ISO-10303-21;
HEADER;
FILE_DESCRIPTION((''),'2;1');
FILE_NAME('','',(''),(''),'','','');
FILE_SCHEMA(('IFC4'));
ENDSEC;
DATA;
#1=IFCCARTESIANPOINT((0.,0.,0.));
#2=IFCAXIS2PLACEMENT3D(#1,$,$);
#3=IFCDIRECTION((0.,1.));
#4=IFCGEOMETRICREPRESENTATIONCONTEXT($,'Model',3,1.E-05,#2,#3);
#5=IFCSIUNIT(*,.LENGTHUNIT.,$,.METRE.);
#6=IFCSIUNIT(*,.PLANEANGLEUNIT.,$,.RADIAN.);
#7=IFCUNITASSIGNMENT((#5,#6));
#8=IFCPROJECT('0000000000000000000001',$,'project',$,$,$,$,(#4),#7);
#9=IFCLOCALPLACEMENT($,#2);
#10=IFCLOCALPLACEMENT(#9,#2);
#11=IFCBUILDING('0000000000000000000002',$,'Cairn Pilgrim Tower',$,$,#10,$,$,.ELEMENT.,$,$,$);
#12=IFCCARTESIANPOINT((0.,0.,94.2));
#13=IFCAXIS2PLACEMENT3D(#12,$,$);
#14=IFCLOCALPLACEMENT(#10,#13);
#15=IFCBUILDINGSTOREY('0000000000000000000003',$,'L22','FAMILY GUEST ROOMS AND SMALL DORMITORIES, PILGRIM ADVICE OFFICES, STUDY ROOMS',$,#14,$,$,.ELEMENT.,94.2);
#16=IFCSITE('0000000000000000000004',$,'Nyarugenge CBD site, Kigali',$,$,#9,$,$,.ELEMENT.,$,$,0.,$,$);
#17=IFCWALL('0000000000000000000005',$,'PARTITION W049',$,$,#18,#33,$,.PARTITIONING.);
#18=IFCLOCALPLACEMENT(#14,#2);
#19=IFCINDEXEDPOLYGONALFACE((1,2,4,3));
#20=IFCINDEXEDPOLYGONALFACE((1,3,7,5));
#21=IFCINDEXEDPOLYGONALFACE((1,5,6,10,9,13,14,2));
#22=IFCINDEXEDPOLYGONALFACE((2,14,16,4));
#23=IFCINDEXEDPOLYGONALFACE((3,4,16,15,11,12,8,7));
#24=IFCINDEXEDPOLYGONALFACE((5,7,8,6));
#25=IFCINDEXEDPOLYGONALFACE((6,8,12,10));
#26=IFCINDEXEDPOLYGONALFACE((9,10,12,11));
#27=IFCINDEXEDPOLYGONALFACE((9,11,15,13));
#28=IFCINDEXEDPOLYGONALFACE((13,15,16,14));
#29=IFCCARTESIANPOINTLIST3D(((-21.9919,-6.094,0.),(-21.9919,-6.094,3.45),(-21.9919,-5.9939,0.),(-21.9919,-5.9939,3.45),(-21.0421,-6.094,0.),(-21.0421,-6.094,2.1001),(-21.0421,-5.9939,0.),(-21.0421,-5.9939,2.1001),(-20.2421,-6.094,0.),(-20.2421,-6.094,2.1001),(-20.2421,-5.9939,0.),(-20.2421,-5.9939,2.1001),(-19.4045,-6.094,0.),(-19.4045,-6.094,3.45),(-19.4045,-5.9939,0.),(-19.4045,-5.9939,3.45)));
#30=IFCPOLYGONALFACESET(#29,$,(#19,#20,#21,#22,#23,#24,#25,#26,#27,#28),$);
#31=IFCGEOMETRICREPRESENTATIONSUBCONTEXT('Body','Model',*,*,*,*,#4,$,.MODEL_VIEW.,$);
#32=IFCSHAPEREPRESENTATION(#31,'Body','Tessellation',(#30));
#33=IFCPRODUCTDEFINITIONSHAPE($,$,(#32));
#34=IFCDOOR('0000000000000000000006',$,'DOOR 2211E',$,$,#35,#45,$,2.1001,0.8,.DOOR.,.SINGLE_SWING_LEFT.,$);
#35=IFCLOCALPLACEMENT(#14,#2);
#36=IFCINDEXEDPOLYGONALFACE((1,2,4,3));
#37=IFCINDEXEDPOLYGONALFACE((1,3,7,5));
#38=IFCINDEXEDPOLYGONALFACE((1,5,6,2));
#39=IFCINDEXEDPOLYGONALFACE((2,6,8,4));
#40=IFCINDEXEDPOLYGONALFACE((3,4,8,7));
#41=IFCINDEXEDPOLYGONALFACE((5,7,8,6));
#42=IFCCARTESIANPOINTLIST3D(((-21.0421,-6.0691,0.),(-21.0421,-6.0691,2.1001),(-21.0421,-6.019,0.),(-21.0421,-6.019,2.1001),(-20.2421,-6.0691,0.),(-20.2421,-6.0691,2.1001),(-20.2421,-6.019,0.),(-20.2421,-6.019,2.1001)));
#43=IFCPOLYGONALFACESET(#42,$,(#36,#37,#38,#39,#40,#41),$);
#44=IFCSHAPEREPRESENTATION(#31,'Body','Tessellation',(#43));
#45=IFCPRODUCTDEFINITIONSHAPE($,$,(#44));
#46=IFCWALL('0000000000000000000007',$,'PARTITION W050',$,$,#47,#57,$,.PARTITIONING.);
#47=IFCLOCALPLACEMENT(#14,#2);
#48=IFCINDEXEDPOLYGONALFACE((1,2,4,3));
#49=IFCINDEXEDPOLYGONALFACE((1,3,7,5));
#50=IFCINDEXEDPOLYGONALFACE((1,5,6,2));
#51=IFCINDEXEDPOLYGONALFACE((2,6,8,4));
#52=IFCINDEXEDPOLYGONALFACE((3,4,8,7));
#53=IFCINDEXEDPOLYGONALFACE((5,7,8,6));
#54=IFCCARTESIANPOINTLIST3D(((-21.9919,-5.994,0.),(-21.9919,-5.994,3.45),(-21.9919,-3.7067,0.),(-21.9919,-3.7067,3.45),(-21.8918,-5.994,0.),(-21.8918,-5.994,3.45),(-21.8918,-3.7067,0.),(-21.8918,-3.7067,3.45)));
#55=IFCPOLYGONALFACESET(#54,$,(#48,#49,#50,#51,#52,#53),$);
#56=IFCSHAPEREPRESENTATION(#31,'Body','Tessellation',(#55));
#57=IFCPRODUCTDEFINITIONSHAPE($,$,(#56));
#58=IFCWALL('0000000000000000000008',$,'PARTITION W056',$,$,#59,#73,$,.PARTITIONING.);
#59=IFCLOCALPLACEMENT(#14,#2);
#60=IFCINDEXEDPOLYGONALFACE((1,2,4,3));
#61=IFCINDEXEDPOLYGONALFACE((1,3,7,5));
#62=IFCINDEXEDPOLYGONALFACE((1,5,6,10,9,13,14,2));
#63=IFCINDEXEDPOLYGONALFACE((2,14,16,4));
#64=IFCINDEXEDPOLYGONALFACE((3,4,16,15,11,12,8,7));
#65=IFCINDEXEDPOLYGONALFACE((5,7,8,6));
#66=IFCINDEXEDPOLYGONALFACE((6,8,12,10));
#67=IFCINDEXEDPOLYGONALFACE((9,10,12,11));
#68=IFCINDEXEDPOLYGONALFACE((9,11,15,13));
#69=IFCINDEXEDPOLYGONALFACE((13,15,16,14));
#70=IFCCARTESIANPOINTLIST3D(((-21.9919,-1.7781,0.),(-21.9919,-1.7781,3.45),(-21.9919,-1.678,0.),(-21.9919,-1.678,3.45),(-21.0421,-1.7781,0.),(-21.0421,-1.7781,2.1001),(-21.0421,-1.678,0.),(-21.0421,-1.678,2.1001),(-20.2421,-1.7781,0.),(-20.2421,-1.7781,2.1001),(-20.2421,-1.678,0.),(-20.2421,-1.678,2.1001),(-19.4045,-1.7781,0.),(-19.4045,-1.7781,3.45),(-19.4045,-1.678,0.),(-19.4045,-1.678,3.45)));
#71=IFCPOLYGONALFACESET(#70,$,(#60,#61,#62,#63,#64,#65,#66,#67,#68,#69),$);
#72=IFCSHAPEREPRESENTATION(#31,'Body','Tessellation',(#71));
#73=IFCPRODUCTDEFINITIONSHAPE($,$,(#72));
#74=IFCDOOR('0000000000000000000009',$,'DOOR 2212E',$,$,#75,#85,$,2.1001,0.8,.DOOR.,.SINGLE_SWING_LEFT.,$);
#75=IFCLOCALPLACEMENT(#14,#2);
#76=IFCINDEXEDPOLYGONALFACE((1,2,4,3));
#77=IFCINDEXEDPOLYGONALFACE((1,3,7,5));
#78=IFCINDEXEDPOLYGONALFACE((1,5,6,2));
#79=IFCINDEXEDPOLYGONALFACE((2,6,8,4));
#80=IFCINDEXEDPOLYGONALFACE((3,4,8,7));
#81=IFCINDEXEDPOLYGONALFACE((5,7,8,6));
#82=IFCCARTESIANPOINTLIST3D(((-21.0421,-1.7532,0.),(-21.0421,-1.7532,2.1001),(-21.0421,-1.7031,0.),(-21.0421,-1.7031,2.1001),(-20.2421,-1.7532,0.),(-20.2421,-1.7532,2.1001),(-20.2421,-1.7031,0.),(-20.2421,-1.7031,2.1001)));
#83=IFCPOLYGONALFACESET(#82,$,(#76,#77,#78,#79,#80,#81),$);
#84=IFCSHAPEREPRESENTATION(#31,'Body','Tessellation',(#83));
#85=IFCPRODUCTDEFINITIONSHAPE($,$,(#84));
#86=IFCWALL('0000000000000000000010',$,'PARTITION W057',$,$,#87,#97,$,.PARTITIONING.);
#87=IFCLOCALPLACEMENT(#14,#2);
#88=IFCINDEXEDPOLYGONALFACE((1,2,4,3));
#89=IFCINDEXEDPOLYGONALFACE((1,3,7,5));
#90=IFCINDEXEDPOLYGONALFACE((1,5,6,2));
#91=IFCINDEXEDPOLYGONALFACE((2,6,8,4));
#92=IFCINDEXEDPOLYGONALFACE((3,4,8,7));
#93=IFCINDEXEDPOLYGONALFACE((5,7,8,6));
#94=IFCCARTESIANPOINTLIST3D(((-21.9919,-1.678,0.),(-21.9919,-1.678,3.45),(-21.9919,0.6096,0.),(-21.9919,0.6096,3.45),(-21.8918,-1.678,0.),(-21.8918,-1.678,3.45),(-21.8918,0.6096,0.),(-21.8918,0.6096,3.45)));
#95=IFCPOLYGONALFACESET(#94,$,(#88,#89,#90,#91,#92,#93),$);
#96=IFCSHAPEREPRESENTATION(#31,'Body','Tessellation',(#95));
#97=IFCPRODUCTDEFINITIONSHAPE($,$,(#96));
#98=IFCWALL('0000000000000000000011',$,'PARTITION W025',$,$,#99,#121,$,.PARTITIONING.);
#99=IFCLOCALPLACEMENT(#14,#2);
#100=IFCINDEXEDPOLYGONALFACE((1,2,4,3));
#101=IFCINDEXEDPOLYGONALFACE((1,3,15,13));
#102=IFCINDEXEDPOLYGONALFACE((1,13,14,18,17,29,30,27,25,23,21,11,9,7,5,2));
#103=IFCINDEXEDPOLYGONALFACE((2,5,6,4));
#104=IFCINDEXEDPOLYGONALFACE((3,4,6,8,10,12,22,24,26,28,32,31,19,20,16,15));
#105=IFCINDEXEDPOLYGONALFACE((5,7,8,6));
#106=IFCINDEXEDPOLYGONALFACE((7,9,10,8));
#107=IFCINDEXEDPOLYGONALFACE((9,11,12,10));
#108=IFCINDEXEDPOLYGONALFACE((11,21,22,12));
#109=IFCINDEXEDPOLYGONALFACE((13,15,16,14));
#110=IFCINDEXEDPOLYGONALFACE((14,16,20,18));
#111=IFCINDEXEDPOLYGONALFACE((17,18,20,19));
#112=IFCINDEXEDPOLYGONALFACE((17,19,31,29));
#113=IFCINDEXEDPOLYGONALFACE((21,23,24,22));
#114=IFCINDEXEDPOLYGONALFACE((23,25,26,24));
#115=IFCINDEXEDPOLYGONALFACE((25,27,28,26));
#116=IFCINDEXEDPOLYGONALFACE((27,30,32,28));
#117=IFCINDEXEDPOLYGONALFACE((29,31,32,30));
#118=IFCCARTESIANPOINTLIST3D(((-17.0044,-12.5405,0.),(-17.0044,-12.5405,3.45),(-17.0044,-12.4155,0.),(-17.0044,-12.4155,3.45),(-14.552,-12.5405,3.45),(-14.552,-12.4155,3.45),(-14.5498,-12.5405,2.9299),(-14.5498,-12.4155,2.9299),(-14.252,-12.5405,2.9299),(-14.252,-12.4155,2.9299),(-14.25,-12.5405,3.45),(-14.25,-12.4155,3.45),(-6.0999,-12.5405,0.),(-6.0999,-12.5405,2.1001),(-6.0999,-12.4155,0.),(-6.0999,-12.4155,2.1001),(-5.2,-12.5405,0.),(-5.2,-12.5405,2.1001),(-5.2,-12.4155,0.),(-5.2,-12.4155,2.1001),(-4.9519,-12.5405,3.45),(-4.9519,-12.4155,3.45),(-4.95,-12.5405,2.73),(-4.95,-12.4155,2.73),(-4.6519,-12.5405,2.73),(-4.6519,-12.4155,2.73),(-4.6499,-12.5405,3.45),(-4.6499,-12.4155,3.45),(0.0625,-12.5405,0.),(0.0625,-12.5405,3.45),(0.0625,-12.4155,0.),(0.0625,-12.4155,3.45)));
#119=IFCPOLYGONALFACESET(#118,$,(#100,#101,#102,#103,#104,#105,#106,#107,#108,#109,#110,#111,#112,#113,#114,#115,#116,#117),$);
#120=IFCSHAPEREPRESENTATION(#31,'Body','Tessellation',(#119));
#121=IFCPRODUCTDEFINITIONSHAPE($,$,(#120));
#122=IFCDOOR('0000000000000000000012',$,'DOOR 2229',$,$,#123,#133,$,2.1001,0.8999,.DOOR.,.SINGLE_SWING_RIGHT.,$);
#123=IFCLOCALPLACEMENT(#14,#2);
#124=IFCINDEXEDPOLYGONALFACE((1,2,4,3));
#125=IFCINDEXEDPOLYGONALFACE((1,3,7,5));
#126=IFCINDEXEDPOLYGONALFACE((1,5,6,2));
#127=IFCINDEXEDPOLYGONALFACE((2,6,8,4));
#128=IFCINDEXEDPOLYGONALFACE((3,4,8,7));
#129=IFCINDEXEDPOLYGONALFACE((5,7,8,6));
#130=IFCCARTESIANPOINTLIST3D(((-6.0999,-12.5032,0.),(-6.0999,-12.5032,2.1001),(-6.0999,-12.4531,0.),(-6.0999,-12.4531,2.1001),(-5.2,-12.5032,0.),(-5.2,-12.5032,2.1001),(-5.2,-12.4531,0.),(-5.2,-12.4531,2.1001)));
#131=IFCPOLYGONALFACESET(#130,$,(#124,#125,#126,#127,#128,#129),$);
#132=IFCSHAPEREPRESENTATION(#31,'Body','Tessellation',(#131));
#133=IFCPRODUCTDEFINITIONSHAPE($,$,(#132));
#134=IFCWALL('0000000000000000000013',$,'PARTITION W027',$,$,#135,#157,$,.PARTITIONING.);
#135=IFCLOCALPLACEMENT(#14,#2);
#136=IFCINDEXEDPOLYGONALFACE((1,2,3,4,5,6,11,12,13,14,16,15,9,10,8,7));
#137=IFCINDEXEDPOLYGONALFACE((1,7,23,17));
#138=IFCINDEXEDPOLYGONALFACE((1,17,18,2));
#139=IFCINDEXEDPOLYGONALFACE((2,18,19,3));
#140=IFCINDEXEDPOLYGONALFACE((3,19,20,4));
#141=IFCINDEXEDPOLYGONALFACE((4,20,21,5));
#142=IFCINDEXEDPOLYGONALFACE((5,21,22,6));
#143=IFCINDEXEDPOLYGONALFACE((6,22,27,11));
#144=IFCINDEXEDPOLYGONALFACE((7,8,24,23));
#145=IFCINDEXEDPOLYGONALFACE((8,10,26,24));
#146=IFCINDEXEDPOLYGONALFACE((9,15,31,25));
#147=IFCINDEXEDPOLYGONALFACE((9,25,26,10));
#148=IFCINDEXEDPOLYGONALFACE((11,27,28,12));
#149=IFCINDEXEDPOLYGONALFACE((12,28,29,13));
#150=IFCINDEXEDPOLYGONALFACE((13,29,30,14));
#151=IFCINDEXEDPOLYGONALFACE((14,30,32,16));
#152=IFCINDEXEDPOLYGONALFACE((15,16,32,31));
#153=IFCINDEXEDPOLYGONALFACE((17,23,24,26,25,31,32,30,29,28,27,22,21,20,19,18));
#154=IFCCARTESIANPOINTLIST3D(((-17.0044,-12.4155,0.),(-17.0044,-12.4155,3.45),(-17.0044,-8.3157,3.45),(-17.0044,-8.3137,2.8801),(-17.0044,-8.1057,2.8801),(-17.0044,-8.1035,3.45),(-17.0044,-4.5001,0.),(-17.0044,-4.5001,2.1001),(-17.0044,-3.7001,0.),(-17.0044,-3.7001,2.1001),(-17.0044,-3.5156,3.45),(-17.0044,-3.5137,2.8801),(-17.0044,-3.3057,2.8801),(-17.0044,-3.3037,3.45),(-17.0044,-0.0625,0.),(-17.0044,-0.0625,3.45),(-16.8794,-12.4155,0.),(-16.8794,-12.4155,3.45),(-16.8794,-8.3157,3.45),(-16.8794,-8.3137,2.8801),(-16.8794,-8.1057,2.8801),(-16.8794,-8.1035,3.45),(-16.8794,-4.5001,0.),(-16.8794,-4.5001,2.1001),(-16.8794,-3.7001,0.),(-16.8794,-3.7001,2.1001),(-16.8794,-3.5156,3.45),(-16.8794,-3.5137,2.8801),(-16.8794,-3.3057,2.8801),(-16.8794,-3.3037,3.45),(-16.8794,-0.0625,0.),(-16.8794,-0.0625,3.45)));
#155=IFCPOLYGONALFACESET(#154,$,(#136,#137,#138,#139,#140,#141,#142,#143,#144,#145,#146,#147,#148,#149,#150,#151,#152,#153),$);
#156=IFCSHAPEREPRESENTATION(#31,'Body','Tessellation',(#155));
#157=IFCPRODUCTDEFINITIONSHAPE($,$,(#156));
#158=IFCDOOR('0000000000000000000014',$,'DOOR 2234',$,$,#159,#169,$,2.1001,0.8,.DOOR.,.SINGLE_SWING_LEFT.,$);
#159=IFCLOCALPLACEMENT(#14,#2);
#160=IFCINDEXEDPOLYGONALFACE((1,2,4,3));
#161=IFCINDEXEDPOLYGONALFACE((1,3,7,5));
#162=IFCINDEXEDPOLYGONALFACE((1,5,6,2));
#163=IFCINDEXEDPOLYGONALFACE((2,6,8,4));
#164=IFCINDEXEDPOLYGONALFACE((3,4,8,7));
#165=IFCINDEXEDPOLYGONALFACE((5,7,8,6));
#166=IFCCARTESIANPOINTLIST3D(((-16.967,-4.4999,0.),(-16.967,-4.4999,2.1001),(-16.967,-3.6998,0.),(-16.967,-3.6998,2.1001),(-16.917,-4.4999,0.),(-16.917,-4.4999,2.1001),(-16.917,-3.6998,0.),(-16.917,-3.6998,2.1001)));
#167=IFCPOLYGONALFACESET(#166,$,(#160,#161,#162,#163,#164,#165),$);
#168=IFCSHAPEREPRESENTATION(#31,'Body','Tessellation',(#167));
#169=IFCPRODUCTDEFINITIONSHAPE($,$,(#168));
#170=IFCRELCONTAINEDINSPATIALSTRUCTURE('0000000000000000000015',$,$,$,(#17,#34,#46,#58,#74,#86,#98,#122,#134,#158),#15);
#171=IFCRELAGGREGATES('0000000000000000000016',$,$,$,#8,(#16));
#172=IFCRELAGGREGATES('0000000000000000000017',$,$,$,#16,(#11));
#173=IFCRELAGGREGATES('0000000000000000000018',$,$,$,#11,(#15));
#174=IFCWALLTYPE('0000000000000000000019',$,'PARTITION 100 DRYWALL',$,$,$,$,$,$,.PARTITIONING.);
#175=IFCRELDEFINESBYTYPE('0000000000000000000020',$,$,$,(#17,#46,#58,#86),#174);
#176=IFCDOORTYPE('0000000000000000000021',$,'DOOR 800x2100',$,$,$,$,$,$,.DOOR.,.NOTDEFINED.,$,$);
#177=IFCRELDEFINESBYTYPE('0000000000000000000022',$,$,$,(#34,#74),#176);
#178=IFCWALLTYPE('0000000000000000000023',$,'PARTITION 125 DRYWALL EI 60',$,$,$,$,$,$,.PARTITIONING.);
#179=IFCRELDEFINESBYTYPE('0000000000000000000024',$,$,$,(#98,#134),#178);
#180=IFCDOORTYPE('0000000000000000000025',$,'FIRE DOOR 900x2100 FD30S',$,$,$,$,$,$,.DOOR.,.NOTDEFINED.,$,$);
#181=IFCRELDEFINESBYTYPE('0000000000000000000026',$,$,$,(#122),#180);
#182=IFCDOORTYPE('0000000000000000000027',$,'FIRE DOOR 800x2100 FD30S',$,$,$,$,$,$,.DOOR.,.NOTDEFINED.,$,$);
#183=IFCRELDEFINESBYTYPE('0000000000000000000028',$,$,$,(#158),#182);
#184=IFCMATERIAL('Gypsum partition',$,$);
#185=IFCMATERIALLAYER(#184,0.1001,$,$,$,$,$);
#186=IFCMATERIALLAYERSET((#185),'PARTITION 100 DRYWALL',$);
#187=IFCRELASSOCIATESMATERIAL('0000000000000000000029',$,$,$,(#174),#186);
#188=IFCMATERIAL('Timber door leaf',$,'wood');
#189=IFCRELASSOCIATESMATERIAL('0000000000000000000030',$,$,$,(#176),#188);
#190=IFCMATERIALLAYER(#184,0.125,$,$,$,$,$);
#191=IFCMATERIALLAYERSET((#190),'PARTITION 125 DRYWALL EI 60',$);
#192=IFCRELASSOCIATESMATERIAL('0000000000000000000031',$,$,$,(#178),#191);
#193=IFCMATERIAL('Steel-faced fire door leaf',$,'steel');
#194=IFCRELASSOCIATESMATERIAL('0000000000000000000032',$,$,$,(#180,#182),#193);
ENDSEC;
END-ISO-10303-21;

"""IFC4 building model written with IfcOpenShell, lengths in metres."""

from ifc_helpers import new_model, si_unit, direction, frame, frame_2d, origin, place, context, subcontext, project, spatial, polyline, rectangle, outline, extrude, material, layer, layer_set, type_object, element, fill, save


model = new_model("IFC4")

# Units and contexts
model_context = context("Model", 3, precision=1e-05, world=origin(), true_north=direction((0.0, 1.0)))
body_context = subcontext(model_context, "Body", "Model", "MODEL_VIEW")
ifc_project = project(units=[si_unit("LENGTHUNIT", "METRE"), si_unit("PLANEANGLEUNIT", "RADIAN")], contexts=[model_context])

# Site, building, storey
site_placement = place(None, origin())
site = spatial("IfcSite", under=ifc_project, at=site_placement, Name="Nyarugenge CBD site, Kigali", CompositionType="ELEMENT", RefElevation=0.0)
building_placement = place(site_placement, origin())
building = spatial("IfcBuilding", under=site, at=building_placement, Name="Cairn Pilgrim Tower", CompositionType="ELEMENT")
storey_placement = place(building_placement, frame((0.0, 0.0, 94.2)))
storey = spatial("IfcBuildingStorey", under=building, at=storey_placement, Name="L22", Description="FAMILY GUEST ROOMS AND SMALL DORMITORIES, PILGRIM ADVICE OFFICES, STUDY ROOMS", CompositionType="ELEMENT", Elevation=94.2)

# Shared definitions
ifc_material_1 = material(Name="Gypsum partition")
ifc_layer_1 = layer(ifc_material_1, 0.1001)
ifc_layer_set_1 = layer_set([ifc_layer_1], Name="PARTITION 100 DRYWALL")
wall_type_1 = type_object("IfcWallType", Name="PARTITION 100 DRYWALL", PredefinedType="PARTITIONING", material=ifc_layer_set_1)
ifc_material_2 = material(Name="Timber door leaf", Category="wood")
door_type_1 = type_object("IfcDoorType", Name="DOOR 800x2100", OperationType="NOTDEFINED", PredefinedType="DOOR", material=ifc_material_2)

# Wall, opening, door
wall_1_placement = place(storey_placement, frame((-21.9919, -6.0439, 0.0), z_axis=(0.0, 0.0, 1.0), x_axis=(1.0, 0.0, 0.0)))
wall_1 = element("IfcWall", 1, at=wall_1_placement, inside=storey, type_object=wall_type_1, Name="PARTITION W049", PredefinedType="PARTITIONING", context=body_context, shape_type="SweptSolid", body=[
    extrude(rectangle(XDim=2.5874, YDim=0.1001, at=frame_2d((1.2937, 0.0))), origin(), (0.0, 0.0, 1.0), 3.45),
])
opening_1_placement = place(wall_1_placement, frame((0.95, 0.0, 0.0)))
opening_1 = element("IfcOpeningElement", 2, at=opening_1_placement, cuts=wall_1, PredefinedType="OPENING", context=body_context, shape_type="SweptSolid", body=[
    extrude(rectangle(XDim=0.8, YDim=2.1001, at=frame_2d((0.3999, 1.05))), frame((0.0, 0.0601, 0.0), z_axis=(0.0, -1.0, 0.0), x_axis=(1.0, 0.0, 0.0)), (0.0, 0.0, 1.0), 0.1201),
])
door_1_placement = place(opening_1_placement, origin())
door_1 = element("IfcDoor", 3, at=door_1_placement, inside=storey, type_object=door_type_1, Name="DOOR 2211E", OperationType="SINGLE_SWING_LEFT", OverallHeight=2.1001, OverallWidth=0.8, PredefinedType="DOOR", context=body_context, shape_type="SweptSolid", body=[
    extrude(rectangle(XDim=0.8, YDim=2.1001, at=frame_2d((0.3999, 1.05))), frame((0.0, 0.0249, 0.0), z_axis=(0.0, -1.0, 0.0), x_axis=(1.0, 0.0, 0.0)), (0.0, 0.0, 1.0), 0.05),
])
fill(opening_1, door_1)

# Wall
wall_2_placement = place(storey_placement, frame((-21.9419, -5.9939, 0.0), z_axis=(0.0, 0.0, 1.0), x_axis=(0.0, 1.0, 0.0)))
element("IfcWall", 4, at=wall_2_placement, inside=storey, type_object=wall_type_1, Name="PARTITION W050", PredefinedType="PARTITIONING", context=body_context, shape_type="SweptSolid", body=[
    extrude(rectangle(XDim=2.2874, YDim=0.1001, at=frame_2d((1.1436, 0.0))), origin(), (0.0, 0.0, 1.0), 3.45),
])

# Wall, opening, door
wall_3_placement = place(storey_placement, frame((-21.9919, -1.728, 0.0), z_axis=(0.0, 0.0, 1.0), x_axis=(1.0, 0.0, 0.0)))
wall_3 = element("IfcWall", 5, at=wall_3_placement, inside=storey, type_object=wall_type_1, Name="PARTITION W056", PredefinedType="PARTITIONING", context=body_context, shape_type="SweptSolid", body=[
    extrude(rectangle(XDim=2.5874, YDim=0.1001, at=frame_2d((1.2937, 0.0))), origin(), (0.0, 0.0, 1.0), 3.45),
])
opening_2_placement = place(wall_3_placement, frame((0.95, 0.0, 0.0)))
opening_2 = element("IfcOpeningElement", 6, at=opening_2_placement, cuts=wall_3, PredefinedType="OPENING", context=body_context, shape_type="SweptSolid", body=[
    extrude(rectangle(XDim=0.8, YDim=2.1001, at=frame_2d((0.3999, 1.05))), frame((0.0, 0.0601, 0.0), z_axis=(0.0, -1.0, 0.0), x_axis=(1.0, 0.0, 0.0)), (0.0, 0.0, 1.0), 0.1201),
])
door_2_placement = place(opening_2_placement, origin())
door_2 = element("IfcDoor", 7, at=door_2_placement, inside=storey, type_object=door_type_1, Name="DOOR 2212E", OperationType="SINGLE_SWING_LEFT", OverallHeight=2.1001, OverallWidth=0.8, PredefinedType="DOOR", context=body_context, shape_type="SweptSolid", body=[
    extrude(rectangle(XDim=0.8, YDim=2.1001, at=frame_2d((0.3999, 1.05))), frame((0.0, 0.0249, 0.0), z_axis=(0.0, -1.0, 0.0), x_axis=(1.0, 0.0, 0.0)), (0.0, 0.0, 1.0), 0.05),
])
fill(opening_2, door_2)

# Wall
wall_4_placement = place(storey_placement, frame((-21.9419, -1.678, 0.0), z_axis=(0.0, 0.0, 1.0), x_axis=(0.0, 1.0, 0.0)))
element("IfcWall", 8, at=wall_4_placement, inside=storey, type_object=wall_type_1, Name="PARTITION W057", PredefinedType="PARTITIONING", context=body_context, shape_type="SweptSolid", body=[
    extrude(rectangle(XDim=2.2876, YDim=0.1001, at=frame_2d((1.1438, 0.0))), origin(), (0.0, 0.0, 1.0), 3.45),
])

# Walls, openings, doors
ifc_layer_2 = layer(ifc_material_1, 0.125)
ifc_layer_set_2 = layer_set([ifc_layer_2], Name="PARTITION 125 DRYWALL EI 60")
wall_type_2 = type_object("IfcWallType", Name="PARTITION 125 DRYWALL EI 60", PredefinedType="PARTITIONING", material=ifc_layer_set_2)
wall_5_placement = place(storey_placement, frame((-17.0044, -12.478, 0.0), z_axis=(0.0, 0.0, 1.0), x_axis=(1.0, 0.0, 0.0)))
wall_5 = element("IfcWall", 9, at=wall_5_placement, inside=storey, type_object=wall_type_2, Name="PARTITION W025", PredefinedType="PARTITIONING", context=body_context, shape_type="SweptSolid", body=[
    extrude(outline(polyline([(0.0, 0.0), (17.0669, 0.0), (17.0669, 3.45), (12.3545, 3.45), (12.3525, 2.73), (12.0544, 2.73), (12.0525, 3.45), (2.7544, 3.45), (2.7524, 2.9299), (2.4546, 2.9299), (2.4524, 3.45), (0.0, 3.45), (0.0, 0.0)])), frame((0.0, 0.0625, 0.0), z_axis=(0.0, -1.0, 0.0), x_axis=(1.0, 0.0, 0.0)), (0.0, 0.0, 1.0), 0.125),
])
opening_3_placement = place(wall_5_placement, frame((10.9045, 0.0, 0.0)))
opening_3 = element("IfcOpeningElement", 10, at=opening_3_placement, cuts=wall_5, PredefinedType="OPENING", context=body_context, shape_type="SweptSolid", body=[
    extrude(rectangle(XDim=0.8999, YDim=2.1001, at=frame_2d((0.45, 1.05))), frame((0.0, 0.0725, 0.0), z_axis=(0.0, -1.0, 0.0), x_axis=(1.0, 0.0, 0.0)), (0.0, 0.0, 1.0), 0.145),
])
ifc_material_3 = material(Name="Steel-faced fire door leaf", Category="steel")
door_type_2 = type_object("IfcDoorType", Name="FIRE DOOR 900x2100 FD30S", OperationType="NOTDEFINED", PredefinedType="DOOR", material=ifc_material_3)
door_3_placement = place(opening_3_placement, origin())
door_3 = element("IfcDoor", 11, at=door_3_placement, inside=storey, type_object=door_type_2, Name="DOOR 2229", OperationType="SINGLE_SWING_RIGHT", OverallHeight=2.1001, OverallWidth=0.8999, PredefinedType="DOOR", context=body_context, shape_type="SweptSolid", body=[
    extrude(rectangle(XDim=0.8999, YDim=2.1001, at=frame_2d((0.45, 1.05))), frame((0.0, 0.0249, 0.0), z_axis=(0.0, -1.0, 0.0), x_axis=(1.0, 0.0, 0.0)), (0.0, 0.0, 1.0), 0.05),
])
fill(opening_3, door_3)
wall_6_placement = place(storey_placement, frame((-16.9419, -12.4155, 0.0), z_axis=(0.0, 0.0, 1.0), x_axis=(0.0, 1.0, 0.0)))
wall_6 = element("IfcWall", 12, at=wall_6_placement, inside=storey, type_object=wall_type_2, Name="PARTITION W027", PredefinedType="PARTITIONING", context=body_context, shape_type="SweptSolid", body=[
    extrude(outline(polyline([(0.0, 0.0), (12.353, 0.0), (12.353, 3.45), (9.1118, 3.45), (9.1099, 2.8801), (8.9019, 2.8801), (8.8999, 3.45), (4.312, 3.45), (4.3098, 2.8801), (4.1018, 2.8801), (4.0999, 3.45), (0.0, 3.45), (0.0, 0.0)])), frame((0.0, 0.0625, 0.0), z_axis=(0.0, -1.0, 0.0), x_axis=(1.0, 0.0, 0.0)), (0.0, 0.0, 1.0), 0.125),
])
opening_4_placement = place(wall_6_placement, frame((7.9155, 0.0, 0.0)))
opening_4 = element("IfcOpeningElement", 13, at=opening_4_placement, cuts=wall_6, PredefinedType="OPENING", context=body_context, shape_type="SweptSolid", body=[
    extrude(rectangle(XDim=0.8, YDim=2.1001, at=frame_2d((0.3999, 1.05))), frame((0.0, 0.0725, 0.0), z_axis=(0.0, -1.0, 0.0), x_axis=(1.0, 0.0, 0.0)), (0.0, 0.0, 1.0), 0.145),
])
door_type_3 = type_object("IfcDoorType", Name="FIRE DOOR 800x2100 FD30S", OperationType="NOTDEFINED", PredefinedType="DOOR", material=ifc_material_3)
door_4_placement = place(opening_4_placement, frame((0.8, 0.0, 0.0), z_axis=(0.0, 0.0, 1.0), x_axis=(-1.0, 0.0, 0.0)))
door_4 = element("IfcDoor", 14, at=door_4_placement, inside=storey, type_object=door_type_3, Name="DOOR 2234", OperationType="SINGLE_SWING_LEFT", OverallHeight=2.1001, OverallWidth=0.8, PredefinedType="DOOR", context=body_context, shape_type="SweptSolid", body=[
    extrude(rectangle(XDim=0.8, YDim=2.1001, at=frame_2d((0.3999, 1.05))), frame((0.0, 0.0249, 0.0), z_axis=(0.0, -1.0, 0.0), x_axis=(1.0, 0.0, 0.0)), (0.0, 0.0, 1.0), 0.05),
])
fill(opening_4, door_4)

save(model, "model.ifc")
